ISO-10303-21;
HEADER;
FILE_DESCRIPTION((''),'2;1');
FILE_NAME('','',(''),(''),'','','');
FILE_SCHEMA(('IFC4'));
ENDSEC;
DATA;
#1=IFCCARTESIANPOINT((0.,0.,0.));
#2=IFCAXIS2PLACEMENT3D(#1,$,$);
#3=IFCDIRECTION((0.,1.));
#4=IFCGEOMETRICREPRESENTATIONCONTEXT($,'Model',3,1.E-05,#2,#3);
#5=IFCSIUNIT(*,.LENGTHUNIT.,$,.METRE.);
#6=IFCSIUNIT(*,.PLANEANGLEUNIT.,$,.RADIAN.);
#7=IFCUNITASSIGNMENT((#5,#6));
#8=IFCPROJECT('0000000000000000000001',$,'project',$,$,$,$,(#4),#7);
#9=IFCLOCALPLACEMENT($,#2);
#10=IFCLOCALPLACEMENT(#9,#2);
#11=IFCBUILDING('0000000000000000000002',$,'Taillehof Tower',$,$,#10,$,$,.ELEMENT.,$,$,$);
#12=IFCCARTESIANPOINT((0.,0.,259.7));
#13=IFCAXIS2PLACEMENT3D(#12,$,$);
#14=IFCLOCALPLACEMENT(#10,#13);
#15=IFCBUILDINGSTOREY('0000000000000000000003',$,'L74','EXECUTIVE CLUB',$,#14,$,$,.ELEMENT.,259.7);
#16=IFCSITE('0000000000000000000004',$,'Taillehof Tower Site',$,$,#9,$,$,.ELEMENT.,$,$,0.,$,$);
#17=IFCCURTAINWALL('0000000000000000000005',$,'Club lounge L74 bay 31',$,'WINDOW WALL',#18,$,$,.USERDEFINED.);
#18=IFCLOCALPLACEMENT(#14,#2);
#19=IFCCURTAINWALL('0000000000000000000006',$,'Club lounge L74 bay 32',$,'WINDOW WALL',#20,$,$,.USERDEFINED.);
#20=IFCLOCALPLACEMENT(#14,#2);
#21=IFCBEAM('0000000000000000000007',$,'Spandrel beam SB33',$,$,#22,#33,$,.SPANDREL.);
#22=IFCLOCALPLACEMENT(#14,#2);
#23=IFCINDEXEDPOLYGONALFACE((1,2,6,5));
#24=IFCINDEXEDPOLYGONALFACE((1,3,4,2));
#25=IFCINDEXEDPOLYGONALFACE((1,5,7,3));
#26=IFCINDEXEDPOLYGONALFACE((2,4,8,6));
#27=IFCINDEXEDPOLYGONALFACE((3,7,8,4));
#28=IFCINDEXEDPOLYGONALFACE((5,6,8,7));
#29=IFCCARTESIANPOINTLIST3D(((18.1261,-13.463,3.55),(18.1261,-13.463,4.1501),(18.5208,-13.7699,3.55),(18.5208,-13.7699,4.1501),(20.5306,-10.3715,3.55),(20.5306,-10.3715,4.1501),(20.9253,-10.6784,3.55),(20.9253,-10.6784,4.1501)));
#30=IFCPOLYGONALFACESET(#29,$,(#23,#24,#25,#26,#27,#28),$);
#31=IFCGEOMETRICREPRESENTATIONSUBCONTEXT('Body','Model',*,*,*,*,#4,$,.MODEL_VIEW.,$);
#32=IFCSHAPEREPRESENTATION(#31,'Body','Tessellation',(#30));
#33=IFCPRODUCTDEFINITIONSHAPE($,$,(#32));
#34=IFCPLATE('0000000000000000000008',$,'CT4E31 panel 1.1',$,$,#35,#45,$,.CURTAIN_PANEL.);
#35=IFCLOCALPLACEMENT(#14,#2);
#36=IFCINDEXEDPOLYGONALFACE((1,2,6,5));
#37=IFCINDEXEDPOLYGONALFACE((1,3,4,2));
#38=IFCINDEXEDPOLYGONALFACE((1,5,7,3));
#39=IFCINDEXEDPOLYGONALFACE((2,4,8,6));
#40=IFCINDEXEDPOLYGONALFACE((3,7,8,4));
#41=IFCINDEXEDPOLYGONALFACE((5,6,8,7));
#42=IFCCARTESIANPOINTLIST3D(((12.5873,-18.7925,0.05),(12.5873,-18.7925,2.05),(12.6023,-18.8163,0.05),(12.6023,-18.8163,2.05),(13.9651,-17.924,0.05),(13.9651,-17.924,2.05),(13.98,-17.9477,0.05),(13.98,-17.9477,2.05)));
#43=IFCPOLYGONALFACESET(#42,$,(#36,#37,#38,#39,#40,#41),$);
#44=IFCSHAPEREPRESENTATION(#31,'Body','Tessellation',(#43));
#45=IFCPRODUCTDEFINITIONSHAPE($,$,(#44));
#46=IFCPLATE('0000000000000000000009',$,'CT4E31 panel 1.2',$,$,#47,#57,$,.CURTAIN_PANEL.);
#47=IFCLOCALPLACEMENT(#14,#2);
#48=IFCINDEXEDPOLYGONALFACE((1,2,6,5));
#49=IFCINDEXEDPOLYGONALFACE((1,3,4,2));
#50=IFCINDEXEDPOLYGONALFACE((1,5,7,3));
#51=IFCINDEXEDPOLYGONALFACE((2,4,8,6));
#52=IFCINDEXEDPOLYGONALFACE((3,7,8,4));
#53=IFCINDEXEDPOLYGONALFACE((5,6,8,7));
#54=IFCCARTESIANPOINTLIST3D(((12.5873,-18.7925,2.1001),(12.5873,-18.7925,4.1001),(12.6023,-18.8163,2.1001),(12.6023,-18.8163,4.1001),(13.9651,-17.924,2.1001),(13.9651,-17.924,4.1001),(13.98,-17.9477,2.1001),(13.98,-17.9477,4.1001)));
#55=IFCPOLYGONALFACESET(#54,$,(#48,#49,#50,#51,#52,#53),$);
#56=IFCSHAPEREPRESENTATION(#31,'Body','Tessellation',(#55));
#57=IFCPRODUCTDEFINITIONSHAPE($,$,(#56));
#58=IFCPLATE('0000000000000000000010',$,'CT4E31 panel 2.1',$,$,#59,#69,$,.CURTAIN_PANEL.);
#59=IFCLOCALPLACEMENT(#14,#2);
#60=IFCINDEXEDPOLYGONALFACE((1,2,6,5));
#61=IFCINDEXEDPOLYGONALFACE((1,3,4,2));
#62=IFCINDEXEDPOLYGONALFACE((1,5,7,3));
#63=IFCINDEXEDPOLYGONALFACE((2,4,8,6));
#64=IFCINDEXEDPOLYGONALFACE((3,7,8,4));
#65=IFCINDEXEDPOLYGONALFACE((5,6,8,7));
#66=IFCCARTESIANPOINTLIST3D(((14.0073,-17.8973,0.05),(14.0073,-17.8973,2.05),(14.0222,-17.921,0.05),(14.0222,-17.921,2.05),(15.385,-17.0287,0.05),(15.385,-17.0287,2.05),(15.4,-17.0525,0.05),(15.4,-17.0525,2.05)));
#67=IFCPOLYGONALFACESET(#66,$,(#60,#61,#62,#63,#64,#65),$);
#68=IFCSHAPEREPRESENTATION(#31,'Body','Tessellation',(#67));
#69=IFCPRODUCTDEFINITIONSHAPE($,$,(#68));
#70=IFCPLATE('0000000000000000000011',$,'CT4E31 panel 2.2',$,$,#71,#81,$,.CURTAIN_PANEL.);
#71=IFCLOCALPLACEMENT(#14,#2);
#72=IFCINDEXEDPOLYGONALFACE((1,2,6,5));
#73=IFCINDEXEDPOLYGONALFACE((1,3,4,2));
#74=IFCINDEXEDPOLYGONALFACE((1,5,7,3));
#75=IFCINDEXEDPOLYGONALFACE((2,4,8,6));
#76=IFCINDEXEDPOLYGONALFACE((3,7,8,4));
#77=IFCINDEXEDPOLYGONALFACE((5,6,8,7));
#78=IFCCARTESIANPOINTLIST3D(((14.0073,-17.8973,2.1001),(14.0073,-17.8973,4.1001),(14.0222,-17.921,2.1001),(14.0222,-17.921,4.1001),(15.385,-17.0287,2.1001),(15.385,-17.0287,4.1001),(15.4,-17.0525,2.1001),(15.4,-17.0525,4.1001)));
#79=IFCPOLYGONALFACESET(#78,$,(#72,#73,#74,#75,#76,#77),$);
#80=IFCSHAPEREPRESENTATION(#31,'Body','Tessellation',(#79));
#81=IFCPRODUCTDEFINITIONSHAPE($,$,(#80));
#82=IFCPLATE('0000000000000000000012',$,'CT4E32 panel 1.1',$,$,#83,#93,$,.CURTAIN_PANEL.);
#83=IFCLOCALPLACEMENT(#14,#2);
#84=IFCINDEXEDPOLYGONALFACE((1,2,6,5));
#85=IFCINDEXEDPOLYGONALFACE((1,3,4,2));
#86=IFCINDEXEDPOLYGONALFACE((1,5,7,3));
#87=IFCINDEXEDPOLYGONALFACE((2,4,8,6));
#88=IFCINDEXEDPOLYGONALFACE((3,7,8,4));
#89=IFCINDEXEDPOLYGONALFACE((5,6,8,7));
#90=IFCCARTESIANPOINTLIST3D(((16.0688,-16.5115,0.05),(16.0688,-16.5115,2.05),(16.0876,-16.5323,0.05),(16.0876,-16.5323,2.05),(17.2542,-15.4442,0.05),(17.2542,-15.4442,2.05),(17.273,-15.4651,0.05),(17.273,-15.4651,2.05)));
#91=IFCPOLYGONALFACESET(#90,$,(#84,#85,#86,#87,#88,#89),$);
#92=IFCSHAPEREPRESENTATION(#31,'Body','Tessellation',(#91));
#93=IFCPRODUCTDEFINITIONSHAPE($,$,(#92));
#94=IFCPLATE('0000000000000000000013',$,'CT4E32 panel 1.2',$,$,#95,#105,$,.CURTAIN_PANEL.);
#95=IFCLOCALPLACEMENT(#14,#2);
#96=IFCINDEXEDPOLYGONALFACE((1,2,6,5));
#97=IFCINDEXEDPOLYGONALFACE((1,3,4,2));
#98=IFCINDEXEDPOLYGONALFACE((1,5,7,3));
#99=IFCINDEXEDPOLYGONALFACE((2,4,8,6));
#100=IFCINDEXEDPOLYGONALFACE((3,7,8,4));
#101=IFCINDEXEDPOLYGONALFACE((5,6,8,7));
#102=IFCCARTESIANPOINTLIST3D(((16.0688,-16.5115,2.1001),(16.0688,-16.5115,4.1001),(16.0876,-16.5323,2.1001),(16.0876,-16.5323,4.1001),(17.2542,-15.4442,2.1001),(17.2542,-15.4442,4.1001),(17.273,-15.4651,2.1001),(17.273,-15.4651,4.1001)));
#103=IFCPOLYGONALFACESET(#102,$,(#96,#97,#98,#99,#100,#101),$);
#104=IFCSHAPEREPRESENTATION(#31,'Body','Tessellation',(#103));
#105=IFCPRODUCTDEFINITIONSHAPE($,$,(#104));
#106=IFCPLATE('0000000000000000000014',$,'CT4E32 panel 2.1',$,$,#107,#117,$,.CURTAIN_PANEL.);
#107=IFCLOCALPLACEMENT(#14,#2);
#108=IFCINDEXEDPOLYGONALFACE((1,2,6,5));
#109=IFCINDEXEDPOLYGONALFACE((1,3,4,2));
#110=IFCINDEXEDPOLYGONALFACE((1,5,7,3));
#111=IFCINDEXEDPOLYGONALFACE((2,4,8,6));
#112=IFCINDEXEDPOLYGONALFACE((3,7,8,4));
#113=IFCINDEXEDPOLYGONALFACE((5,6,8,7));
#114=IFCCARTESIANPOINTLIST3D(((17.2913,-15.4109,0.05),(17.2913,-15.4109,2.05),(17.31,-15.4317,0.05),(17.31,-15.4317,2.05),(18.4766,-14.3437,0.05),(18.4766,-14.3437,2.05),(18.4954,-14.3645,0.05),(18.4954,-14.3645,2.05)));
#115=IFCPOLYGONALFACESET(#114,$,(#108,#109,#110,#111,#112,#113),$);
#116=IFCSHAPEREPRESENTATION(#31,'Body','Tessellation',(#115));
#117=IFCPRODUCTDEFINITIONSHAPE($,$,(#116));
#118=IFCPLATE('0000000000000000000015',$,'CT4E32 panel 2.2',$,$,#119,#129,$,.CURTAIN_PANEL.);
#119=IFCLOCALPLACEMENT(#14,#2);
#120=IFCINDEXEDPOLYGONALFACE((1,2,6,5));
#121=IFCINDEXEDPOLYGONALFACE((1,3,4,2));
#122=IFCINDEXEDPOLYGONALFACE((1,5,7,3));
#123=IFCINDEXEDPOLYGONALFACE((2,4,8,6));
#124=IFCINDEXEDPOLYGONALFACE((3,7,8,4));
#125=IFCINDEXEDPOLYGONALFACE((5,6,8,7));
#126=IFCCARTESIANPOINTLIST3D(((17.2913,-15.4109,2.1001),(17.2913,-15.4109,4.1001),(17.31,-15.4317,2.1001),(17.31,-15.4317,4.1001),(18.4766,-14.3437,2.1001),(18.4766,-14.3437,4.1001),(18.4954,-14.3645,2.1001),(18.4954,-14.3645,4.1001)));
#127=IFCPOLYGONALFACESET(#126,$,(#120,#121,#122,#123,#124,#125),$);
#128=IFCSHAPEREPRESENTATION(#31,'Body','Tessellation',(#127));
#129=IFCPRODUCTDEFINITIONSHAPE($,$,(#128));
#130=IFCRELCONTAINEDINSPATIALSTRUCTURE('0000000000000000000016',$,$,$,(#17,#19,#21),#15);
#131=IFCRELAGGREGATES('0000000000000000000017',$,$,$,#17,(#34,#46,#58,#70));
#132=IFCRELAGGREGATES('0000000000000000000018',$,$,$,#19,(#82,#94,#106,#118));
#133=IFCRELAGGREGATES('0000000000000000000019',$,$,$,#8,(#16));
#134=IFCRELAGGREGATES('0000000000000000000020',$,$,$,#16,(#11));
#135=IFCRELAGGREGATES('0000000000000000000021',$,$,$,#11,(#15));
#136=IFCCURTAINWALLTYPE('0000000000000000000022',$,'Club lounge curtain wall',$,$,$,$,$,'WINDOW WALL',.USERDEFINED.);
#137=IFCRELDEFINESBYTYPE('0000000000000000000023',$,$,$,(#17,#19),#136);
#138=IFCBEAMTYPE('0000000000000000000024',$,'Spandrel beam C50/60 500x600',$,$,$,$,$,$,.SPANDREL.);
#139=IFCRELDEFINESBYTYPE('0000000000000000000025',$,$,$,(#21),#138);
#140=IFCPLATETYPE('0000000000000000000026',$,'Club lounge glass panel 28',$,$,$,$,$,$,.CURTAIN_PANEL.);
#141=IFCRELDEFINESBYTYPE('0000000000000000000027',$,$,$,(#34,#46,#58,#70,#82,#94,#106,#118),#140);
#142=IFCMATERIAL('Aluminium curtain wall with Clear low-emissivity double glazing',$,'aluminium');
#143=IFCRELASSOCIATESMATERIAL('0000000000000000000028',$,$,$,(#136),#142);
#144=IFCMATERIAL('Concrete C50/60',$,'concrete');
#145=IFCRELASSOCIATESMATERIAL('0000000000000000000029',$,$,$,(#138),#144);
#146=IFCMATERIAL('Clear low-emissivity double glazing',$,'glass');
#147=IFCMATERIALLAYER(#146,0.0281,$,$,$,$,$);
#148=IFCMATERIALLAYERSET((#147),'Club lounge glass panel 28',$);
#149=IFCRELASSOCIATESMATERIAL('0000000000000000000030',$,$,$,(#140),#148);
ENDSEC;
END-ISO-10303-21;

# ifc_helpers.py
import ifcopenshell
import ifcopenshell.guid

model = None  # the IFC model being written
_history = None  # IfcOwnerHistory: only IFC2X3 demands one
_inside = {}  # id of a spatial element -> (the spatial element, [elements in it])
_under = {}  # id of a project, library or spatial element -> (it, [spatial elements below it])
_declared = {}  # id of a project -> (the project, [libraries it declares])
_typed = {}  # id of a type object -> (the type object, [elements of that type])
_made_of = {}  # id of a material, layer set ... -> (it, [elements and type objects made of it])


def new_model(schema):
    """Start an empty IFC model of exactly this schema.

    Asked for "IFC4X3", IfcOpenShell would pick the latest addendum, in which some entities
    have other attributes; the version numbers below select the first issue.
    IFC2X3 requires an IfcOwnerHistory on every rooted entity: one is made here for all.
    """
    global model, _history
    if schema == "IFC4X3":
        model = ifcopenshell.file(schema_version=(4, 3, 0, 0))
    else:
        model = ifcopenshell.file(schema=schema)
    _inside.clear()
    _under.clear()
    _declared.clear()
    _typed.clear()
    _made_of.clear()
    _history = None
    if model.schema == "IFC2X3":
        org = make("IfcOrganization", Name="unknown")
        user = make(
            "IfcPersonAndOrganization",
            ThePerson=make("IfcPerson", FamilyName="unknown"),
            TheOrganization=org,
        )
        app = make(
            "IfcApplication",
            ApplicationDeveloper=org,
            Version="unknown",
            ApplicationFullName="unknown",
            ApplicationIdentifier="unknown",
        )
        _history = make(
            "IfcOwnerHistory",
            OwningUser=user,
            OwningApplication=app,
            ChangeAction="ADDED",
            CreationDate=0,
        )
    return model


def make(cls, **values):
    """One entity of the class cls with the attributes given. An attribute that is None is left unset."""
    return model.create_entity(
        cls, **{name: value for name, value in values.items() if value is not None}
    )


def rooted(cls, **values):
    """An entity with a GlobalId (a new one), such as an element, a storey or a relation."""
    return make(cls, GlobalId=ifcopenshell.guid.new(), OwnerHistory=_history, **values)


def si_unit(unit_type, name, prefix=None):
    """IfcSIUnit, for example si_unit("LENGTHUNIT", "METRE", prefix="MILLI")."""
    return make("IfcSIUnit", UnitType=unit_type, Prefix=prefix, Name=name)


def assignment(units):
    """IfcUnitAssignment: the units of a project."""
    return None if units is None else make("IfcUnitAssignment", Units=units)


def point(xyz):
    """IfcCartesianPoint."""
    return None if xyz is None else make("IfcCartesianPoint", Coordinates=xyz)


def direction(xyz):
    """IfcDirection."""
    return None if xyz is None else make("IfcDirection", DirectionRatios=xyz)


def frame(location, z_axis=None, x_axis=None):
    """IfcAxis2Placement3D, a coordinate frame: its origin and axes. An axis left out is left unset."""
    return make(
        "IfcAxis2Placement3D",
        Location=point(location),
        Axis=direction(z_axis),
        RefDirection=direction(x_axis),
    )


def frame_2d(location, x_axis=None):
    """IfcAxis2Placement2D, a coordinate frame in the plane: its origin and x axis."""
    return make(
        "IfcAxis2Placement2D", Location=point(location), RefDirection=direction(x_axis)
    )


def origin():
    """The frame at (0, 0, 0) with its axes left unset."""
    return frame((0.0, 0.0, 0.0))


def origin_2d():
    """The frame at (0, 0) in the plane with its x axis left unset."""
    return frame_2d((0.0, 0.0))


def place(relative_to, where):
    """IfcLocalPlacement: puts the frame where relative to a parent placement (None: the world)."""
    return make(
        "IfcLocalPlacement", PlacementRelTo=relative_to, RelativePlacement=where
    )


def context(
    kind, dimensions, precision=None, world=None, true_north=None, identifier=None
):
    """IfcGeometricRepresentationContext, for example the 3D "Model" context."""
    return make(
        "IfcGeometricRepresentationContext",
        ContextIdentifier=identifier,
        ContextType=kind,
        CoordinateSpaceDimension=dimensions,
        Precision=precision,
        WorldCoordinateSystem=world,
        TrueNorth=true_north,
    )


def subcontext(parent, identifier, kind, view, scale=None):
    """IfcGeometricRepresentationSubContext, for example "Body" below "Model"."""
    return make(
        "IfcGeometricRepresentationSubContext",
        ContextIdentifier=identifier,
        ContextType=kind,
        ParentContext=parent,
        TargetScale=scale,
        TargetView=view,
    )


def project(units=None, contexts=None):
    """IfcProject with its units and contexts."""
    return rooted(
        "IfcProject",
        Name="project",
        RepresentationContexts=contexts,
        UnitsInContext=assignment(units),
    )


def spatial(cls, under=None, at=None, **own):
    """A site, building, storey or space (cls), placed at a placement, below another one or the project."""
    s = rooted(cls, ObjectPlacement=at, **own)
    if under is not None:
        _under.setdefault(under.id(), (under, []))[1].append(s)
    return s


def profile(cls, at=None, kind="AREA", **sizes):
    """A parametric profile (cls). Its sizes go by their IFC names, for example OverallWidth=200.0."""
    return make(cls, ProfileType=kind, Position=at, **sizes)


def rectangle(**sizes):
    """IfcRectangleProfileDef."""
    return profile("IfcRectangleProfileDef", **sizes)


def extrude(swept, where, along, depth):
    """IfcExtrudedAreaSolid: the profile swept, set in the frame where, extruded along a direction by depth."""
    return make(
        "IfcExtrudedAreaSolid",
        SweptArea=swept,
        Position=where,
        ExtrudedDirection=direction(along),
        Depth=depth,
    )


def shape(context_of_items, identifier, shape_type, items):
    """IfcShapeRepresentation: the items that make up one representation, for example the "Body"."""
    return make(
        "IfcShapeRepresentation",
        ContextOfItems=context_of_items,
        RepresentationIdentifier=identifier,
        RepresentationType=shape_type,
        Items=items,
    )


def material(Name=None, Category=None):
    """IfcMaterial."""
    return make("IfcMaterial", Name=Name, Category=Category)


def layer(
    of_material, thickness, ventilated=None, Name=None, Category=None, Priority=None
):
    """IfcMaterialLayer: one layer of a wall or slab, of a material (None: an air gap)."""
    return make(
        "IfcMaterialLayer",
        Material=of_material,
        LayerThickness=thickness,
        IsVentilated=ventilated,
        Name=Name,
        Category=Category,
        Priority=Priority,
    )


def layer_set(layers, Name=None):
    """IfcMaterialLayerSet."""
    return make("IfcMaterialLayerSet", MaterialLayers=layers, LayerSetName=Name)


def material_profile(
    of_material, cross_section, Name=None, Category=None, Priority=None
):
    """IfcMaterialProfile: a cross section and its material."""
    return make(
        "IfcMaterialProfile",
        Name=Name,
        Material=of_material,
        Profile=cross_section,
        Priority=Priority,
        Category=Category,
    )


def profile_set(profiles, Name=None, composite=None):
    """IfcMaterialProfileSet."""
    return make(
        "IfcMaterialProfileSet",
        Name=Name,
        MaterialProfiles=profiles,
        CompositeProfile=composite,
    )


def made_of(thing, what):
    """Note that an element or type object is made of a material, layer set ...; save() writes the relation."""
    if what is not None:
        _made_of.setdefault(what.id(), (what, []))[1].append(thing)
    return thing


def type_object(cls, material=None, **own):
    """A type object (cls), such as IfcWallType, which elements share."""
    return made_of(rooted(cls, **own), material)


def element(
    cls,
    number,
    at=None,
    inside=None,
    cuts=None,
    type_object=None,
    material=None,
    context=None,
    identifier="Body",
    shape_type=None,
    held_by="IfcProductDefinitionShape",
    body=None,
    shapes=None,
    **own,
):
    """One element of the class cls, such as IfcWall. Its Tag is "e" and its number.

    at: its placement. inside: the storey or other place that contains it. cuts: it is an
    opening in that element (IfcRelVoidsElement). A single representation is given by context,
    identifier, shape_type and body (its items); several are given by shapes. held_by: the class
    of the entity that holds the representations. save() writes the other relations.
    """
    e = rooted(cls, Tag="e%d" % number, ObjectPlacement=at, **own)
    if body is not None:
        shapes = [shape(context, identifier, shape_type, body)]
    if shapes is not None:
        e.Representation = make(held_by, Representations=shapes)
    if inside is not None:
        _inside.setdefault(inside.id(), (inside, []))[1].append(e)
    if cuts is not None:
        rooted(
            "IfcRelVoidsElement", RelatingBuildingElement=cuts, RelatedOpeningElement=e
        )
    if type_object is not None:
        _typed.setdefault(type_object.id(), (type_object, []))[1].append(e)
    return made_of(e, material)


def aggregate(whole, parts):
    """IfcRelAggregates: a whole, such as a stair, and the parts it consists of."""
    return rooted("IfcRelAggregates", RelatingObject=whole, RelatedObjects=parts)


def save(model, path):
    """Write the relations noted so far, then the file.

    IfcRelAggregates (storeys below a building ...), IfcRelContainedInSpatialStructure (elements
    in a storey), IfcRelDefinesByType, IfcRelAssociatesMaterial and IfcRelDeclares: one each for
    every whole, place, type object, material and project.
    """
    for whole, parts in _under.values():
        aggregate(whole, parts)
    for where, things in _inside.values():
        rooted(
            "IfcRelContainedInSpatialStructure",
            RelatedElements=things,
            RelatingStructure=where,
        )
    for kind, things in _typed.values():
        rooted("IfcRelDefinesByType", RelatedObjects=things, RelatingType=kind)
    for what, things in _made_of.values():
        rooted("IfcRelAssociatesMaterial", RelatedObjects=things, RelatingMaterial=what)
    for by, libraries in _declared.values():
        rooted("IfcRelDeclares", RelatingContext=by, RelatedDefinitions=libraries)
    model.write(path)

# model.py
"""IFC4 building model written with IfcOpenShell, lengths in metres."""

from ifc_helpers import new_model, si_unit, direction, frame, origin, origin_2d, place, context, subcontext, project, spatial, rectangle, extrude, material, layer, layer_set, material_profile, profile_set, type_object, element, aggregate, save


model = new_model("IFC4")

# Units and contexts
model_context = context("Model", 3, precision=1e-05, world=origin(), true_north=direction((0.0, 1.0)))
body_context = subcontext(model_context, "Body", "Model", "MODEL_VIEW")
ifc_project = project(units=[si_unit("LENGTHUNIT", "METRE"), si_unit("PLANEANGLEUNIT", "RADIAN")], contexts=[model_context])

# Site, building, storey
site_placement = place(None, origin())
site = spatial("IfcSite", under=ifc_project, at=site_placement, Name="Taillehof Tower Site", CompositionType="ELEMENT", RefElevation=0.0)
building_placement = place(site_placement, origin())
building = spatial("IfcBuilding", under=site, at=building_placement, Name="Taillehof Tower", CompositionType="ELEMENT")
storey_placement = place(building_placement, frame((0.0, 0.0, 259.7)))
storey = spatial("IfcBuildingStorey", under=building, at=storey_placement, Name="L74", Description="EXECUTIVE CLUB", CompositionType="ELEMENT", Elevation=259.7)

# Curtain walls
ifc_material_1 = material(Name="Aluminium curtain wall with Clear low-emissivity double glazing", Category="aluminium")
curtain_wall_type = type_object("IfcCurtainWallType", Name="Club lounge curtain wall", ElementType="WINDOW WALL", PredefinedType="USERDEFINED", material=ifc_material_1)
curtain_wall_1_placement = place(storey_placement, origin())
curtain_wall_1 = element("IfcCurtainWall", 1, at=curtain_wall_1_placement, inside=storey, type_object=curtain_wall_type, Name="Club lounge L74 bay 31", ObjectType="WINDOW WALL", PredefinedType="USERDEFINED")
curtain_wall_2_placement = place(storey_placement, origin())
curtain_wall_2 = element("IfcCurtainWall", 2, at=curtain_wall_2_placement, inside=storey, type_object=curtain_wall_type, Name="Club lounge L74 bay 32", ObjectType="WINDOW WALL", PredefinedType="USERDEFINED")

# Beam
ifc_material_2 = material(Name="Concrete C50/60", Category="concrete")
ifc_material_profile_1 = material_profile(ifc_material_2, rectangle(XDim=0.5, YDim=0.6001, at=origin_2d()), Name="RC 500x600")
ifc_profile_set_1 = profile_set([ifc_material_profile_1], Name="Concrete C50/60")
beam_type_1 = type_object("IfcBeamType", Name="Spandrel beam C50/60 500x600", PredefinedType="SPANDREL", material=ifc_profile_set_1)
beam_1_placement = place(storey_placement, frame((18.3235, -13.6165, 3.8501), z_axis=(0.613941, 0.789352, 0.0), x_axis=(-0.789352, 0.613941, 0.0)))
element("IfcBeam", 3, at=beam_1_placement, inside=storey, type_object=beam_type_1, Name="Spandrel beam SB33", PredefinedType="SPANDREL", context=body_context, shape_type="SweptSolid", body=[
    extrude(rectangle(XDim=0.5, YDim=0.6001, at=origin_2d()), origin(), (0.0, 0.0, 1.0), 3.9165),
])

# Plates
ifc_material_3 = material(Name="Clear low-emissivity double glazing", Category="glass")
ifc_layer = layer(ifc_material_3, 0.0281)
ifc_layer_set = layer_set([ifc_layer], Name="Club lounge glass panel 28")
plate_type = type_object("IfcPlateType", Name="Club lounge glass panel 28", PredefinedType="CURTAIN_PANEL", material=ifc_layer_set)
plate_1_placement = place(storey_placement, frame((13.2837, -18.3701, 0.05), z_axis=(0.0, 0.0, 1.0), x_axis=(0.84593, 0.533294, 0.0)))
plate_1 = element("IfcPlate", 4, at=plate_1_placement, type_object=plate_type, Name="CT4E31 panel 1.1", PredefinedType="CURTAIN_PANEL", context=body_context, shape_type="SweptSolid", body=[
    extrude(rectangle(XDim=1.6287, YDim=0.0281, at=origin_2d()), origin(), (0.0, 0.0, 1.0), 2.0),
])
plate_2_placement = place(storey_placement, frame((13.2837, -18.3701, 2.1001), z_axis=(0.0, 0.0, 1.0), x_axis=(0.84593, 0.533294, 0.0)))
plate_2 = element("IfcPlate", 5, at=plate_2_placement, type_object=plate_type, Name="CT4E31 panel 1.2", PredefinedType="CURTAIN_PANEL", context=body_context, shape_type="SweptSolid", body=[
    extrude(rectangle(XDim=1.6287, YDim=0.0281, at=origin_2d()), origin(), (0.0, 0.0, 1.0), 2.0),
])
plate_3_placement = place(storey_placement, frame((14.7036, -17.4749, 0.05), z_axis=(0.0, 0.0, 1.0), x_axis=(0.84593, 0.533294, 0.0)))
plate_3 = element("IfcPlate", 6, at=plate_3_placement, type_object=plate_type, Name="CT4E31 panel 2.1", PredefinedType="CURTAIN_PANEL", context=body_context, shape_type="SweptSolid", body=[
    extrude(rectangle(XDim=1.6287, YDim=0.0281, at=origin_2d()), origin(), (0.0, 0.0, 1.0), 2.0),
])
plate_4_placement = place(storey_placement, frame((14.7036, -17.4749, 2.1001), z_axis=(0.0, 0.0, 1.0), x_axis=(0.84593, 0.533294, 0.0)))
plate_4 = element("IfcPlate", 7, at=plate_4_placement, type_object=plate_type, Name="CT4E31 panel 2.2", PredefinedType="CURTAIN_PANEL", context=body_context, shape_type="SweptSolid", body=[
    extrude(rectangle(XDim=1.6287, YDim=0.0281, at=origin_2d()), origin(), (0.0, 0.0, 1.0), 2.0),
])
aggregate(curtain_wall_1, [plate_1, plate_2, plate_3, plate_4])
plate_5_placement = place(storey_placement, frame((16.6709, -15.9883, 0.05), z_axis=(0.0, 0.0, 1.0), x_axis=(0.743166, 0.669107, 0.0)))
plate_5 = element("IfcPlate", 8, at=plate_5_placement, type_object=plate_type, Name="CT4E32 panel 1.1", PredefinedType="CURTAIN_PANEL", context=body_context, shape_type="SweptSolid", body=[
    extrude(rectangle(XDim=1.595, YDim=0.0281, at=origin_2d()), origin(), (0.0, 0.0, 1.0), 2.0),
])
plate_6_placement = place(storey_placement, frame((16.6709, -15.9883, 2.1001), z_axis=(0.0, 0.0, 1.0), x_axis=(0.743166, 0.669107, 0.0)))
plate_6 = element("IfcPlate", 9, at=plate_6_placement, type_object=plate_type, Name="CT4E32 panel 1.2", PredefinedType="CURTAIN_PANEL", context=body_context, shape_type="SweptSolid", body=[
    extrude(rectangle(XDim=1.595, YDim=0.0281, at=origin_2d()), origin(), (0.0, 0.0, 1.0), 2.0),
])
plate_7_placement = place(storey_placement, frame((17.8933, -14.8877, 0.05), z_axis=(0.0, 0.0, 1.0), x_axis=(0.743166, 0.669107, 0.0)))
plate_7 = element("IfcPlate", 10, at=plate_7_placement, type_object=plate_type, Name="CT4E32 panel 2.1", PredefinedType="CURTAIN_PANEL", context=body_context, shape_type="SweptSolid", body=[
    extrude(rectangle(XDim=1.595, YDim=0.0281, at=origin_2d()), origin(), (0.0, 0.0, 1.0), 2.0),
])
plate_8_placement = place(storey_placement, frame((17.8933, -14.8877, 2.1001), z_axis=(0.0, 0.0, 1.0), x_axis=(0.743166, 0.669107, 0.0)))
plate_8 = element("IfcPlate", 11, at=plate_8_placement, type_object=plate_type, Name="CT4E32 panel 2.2", PredefinedType="CURTAIN_PANEL", context=body_context, shape_type="SweptSolid", body=[
    extrude(rectangle(XDim=1.595, YDim=0.0281, at=origin_2d()), origin(), (0.0, 0.0, 1.0), 2.0),
])
aggregate(curtain_wall_2, [plate_5, plate_6, plate_7, plate_8])

save(model, "model.ifc")
